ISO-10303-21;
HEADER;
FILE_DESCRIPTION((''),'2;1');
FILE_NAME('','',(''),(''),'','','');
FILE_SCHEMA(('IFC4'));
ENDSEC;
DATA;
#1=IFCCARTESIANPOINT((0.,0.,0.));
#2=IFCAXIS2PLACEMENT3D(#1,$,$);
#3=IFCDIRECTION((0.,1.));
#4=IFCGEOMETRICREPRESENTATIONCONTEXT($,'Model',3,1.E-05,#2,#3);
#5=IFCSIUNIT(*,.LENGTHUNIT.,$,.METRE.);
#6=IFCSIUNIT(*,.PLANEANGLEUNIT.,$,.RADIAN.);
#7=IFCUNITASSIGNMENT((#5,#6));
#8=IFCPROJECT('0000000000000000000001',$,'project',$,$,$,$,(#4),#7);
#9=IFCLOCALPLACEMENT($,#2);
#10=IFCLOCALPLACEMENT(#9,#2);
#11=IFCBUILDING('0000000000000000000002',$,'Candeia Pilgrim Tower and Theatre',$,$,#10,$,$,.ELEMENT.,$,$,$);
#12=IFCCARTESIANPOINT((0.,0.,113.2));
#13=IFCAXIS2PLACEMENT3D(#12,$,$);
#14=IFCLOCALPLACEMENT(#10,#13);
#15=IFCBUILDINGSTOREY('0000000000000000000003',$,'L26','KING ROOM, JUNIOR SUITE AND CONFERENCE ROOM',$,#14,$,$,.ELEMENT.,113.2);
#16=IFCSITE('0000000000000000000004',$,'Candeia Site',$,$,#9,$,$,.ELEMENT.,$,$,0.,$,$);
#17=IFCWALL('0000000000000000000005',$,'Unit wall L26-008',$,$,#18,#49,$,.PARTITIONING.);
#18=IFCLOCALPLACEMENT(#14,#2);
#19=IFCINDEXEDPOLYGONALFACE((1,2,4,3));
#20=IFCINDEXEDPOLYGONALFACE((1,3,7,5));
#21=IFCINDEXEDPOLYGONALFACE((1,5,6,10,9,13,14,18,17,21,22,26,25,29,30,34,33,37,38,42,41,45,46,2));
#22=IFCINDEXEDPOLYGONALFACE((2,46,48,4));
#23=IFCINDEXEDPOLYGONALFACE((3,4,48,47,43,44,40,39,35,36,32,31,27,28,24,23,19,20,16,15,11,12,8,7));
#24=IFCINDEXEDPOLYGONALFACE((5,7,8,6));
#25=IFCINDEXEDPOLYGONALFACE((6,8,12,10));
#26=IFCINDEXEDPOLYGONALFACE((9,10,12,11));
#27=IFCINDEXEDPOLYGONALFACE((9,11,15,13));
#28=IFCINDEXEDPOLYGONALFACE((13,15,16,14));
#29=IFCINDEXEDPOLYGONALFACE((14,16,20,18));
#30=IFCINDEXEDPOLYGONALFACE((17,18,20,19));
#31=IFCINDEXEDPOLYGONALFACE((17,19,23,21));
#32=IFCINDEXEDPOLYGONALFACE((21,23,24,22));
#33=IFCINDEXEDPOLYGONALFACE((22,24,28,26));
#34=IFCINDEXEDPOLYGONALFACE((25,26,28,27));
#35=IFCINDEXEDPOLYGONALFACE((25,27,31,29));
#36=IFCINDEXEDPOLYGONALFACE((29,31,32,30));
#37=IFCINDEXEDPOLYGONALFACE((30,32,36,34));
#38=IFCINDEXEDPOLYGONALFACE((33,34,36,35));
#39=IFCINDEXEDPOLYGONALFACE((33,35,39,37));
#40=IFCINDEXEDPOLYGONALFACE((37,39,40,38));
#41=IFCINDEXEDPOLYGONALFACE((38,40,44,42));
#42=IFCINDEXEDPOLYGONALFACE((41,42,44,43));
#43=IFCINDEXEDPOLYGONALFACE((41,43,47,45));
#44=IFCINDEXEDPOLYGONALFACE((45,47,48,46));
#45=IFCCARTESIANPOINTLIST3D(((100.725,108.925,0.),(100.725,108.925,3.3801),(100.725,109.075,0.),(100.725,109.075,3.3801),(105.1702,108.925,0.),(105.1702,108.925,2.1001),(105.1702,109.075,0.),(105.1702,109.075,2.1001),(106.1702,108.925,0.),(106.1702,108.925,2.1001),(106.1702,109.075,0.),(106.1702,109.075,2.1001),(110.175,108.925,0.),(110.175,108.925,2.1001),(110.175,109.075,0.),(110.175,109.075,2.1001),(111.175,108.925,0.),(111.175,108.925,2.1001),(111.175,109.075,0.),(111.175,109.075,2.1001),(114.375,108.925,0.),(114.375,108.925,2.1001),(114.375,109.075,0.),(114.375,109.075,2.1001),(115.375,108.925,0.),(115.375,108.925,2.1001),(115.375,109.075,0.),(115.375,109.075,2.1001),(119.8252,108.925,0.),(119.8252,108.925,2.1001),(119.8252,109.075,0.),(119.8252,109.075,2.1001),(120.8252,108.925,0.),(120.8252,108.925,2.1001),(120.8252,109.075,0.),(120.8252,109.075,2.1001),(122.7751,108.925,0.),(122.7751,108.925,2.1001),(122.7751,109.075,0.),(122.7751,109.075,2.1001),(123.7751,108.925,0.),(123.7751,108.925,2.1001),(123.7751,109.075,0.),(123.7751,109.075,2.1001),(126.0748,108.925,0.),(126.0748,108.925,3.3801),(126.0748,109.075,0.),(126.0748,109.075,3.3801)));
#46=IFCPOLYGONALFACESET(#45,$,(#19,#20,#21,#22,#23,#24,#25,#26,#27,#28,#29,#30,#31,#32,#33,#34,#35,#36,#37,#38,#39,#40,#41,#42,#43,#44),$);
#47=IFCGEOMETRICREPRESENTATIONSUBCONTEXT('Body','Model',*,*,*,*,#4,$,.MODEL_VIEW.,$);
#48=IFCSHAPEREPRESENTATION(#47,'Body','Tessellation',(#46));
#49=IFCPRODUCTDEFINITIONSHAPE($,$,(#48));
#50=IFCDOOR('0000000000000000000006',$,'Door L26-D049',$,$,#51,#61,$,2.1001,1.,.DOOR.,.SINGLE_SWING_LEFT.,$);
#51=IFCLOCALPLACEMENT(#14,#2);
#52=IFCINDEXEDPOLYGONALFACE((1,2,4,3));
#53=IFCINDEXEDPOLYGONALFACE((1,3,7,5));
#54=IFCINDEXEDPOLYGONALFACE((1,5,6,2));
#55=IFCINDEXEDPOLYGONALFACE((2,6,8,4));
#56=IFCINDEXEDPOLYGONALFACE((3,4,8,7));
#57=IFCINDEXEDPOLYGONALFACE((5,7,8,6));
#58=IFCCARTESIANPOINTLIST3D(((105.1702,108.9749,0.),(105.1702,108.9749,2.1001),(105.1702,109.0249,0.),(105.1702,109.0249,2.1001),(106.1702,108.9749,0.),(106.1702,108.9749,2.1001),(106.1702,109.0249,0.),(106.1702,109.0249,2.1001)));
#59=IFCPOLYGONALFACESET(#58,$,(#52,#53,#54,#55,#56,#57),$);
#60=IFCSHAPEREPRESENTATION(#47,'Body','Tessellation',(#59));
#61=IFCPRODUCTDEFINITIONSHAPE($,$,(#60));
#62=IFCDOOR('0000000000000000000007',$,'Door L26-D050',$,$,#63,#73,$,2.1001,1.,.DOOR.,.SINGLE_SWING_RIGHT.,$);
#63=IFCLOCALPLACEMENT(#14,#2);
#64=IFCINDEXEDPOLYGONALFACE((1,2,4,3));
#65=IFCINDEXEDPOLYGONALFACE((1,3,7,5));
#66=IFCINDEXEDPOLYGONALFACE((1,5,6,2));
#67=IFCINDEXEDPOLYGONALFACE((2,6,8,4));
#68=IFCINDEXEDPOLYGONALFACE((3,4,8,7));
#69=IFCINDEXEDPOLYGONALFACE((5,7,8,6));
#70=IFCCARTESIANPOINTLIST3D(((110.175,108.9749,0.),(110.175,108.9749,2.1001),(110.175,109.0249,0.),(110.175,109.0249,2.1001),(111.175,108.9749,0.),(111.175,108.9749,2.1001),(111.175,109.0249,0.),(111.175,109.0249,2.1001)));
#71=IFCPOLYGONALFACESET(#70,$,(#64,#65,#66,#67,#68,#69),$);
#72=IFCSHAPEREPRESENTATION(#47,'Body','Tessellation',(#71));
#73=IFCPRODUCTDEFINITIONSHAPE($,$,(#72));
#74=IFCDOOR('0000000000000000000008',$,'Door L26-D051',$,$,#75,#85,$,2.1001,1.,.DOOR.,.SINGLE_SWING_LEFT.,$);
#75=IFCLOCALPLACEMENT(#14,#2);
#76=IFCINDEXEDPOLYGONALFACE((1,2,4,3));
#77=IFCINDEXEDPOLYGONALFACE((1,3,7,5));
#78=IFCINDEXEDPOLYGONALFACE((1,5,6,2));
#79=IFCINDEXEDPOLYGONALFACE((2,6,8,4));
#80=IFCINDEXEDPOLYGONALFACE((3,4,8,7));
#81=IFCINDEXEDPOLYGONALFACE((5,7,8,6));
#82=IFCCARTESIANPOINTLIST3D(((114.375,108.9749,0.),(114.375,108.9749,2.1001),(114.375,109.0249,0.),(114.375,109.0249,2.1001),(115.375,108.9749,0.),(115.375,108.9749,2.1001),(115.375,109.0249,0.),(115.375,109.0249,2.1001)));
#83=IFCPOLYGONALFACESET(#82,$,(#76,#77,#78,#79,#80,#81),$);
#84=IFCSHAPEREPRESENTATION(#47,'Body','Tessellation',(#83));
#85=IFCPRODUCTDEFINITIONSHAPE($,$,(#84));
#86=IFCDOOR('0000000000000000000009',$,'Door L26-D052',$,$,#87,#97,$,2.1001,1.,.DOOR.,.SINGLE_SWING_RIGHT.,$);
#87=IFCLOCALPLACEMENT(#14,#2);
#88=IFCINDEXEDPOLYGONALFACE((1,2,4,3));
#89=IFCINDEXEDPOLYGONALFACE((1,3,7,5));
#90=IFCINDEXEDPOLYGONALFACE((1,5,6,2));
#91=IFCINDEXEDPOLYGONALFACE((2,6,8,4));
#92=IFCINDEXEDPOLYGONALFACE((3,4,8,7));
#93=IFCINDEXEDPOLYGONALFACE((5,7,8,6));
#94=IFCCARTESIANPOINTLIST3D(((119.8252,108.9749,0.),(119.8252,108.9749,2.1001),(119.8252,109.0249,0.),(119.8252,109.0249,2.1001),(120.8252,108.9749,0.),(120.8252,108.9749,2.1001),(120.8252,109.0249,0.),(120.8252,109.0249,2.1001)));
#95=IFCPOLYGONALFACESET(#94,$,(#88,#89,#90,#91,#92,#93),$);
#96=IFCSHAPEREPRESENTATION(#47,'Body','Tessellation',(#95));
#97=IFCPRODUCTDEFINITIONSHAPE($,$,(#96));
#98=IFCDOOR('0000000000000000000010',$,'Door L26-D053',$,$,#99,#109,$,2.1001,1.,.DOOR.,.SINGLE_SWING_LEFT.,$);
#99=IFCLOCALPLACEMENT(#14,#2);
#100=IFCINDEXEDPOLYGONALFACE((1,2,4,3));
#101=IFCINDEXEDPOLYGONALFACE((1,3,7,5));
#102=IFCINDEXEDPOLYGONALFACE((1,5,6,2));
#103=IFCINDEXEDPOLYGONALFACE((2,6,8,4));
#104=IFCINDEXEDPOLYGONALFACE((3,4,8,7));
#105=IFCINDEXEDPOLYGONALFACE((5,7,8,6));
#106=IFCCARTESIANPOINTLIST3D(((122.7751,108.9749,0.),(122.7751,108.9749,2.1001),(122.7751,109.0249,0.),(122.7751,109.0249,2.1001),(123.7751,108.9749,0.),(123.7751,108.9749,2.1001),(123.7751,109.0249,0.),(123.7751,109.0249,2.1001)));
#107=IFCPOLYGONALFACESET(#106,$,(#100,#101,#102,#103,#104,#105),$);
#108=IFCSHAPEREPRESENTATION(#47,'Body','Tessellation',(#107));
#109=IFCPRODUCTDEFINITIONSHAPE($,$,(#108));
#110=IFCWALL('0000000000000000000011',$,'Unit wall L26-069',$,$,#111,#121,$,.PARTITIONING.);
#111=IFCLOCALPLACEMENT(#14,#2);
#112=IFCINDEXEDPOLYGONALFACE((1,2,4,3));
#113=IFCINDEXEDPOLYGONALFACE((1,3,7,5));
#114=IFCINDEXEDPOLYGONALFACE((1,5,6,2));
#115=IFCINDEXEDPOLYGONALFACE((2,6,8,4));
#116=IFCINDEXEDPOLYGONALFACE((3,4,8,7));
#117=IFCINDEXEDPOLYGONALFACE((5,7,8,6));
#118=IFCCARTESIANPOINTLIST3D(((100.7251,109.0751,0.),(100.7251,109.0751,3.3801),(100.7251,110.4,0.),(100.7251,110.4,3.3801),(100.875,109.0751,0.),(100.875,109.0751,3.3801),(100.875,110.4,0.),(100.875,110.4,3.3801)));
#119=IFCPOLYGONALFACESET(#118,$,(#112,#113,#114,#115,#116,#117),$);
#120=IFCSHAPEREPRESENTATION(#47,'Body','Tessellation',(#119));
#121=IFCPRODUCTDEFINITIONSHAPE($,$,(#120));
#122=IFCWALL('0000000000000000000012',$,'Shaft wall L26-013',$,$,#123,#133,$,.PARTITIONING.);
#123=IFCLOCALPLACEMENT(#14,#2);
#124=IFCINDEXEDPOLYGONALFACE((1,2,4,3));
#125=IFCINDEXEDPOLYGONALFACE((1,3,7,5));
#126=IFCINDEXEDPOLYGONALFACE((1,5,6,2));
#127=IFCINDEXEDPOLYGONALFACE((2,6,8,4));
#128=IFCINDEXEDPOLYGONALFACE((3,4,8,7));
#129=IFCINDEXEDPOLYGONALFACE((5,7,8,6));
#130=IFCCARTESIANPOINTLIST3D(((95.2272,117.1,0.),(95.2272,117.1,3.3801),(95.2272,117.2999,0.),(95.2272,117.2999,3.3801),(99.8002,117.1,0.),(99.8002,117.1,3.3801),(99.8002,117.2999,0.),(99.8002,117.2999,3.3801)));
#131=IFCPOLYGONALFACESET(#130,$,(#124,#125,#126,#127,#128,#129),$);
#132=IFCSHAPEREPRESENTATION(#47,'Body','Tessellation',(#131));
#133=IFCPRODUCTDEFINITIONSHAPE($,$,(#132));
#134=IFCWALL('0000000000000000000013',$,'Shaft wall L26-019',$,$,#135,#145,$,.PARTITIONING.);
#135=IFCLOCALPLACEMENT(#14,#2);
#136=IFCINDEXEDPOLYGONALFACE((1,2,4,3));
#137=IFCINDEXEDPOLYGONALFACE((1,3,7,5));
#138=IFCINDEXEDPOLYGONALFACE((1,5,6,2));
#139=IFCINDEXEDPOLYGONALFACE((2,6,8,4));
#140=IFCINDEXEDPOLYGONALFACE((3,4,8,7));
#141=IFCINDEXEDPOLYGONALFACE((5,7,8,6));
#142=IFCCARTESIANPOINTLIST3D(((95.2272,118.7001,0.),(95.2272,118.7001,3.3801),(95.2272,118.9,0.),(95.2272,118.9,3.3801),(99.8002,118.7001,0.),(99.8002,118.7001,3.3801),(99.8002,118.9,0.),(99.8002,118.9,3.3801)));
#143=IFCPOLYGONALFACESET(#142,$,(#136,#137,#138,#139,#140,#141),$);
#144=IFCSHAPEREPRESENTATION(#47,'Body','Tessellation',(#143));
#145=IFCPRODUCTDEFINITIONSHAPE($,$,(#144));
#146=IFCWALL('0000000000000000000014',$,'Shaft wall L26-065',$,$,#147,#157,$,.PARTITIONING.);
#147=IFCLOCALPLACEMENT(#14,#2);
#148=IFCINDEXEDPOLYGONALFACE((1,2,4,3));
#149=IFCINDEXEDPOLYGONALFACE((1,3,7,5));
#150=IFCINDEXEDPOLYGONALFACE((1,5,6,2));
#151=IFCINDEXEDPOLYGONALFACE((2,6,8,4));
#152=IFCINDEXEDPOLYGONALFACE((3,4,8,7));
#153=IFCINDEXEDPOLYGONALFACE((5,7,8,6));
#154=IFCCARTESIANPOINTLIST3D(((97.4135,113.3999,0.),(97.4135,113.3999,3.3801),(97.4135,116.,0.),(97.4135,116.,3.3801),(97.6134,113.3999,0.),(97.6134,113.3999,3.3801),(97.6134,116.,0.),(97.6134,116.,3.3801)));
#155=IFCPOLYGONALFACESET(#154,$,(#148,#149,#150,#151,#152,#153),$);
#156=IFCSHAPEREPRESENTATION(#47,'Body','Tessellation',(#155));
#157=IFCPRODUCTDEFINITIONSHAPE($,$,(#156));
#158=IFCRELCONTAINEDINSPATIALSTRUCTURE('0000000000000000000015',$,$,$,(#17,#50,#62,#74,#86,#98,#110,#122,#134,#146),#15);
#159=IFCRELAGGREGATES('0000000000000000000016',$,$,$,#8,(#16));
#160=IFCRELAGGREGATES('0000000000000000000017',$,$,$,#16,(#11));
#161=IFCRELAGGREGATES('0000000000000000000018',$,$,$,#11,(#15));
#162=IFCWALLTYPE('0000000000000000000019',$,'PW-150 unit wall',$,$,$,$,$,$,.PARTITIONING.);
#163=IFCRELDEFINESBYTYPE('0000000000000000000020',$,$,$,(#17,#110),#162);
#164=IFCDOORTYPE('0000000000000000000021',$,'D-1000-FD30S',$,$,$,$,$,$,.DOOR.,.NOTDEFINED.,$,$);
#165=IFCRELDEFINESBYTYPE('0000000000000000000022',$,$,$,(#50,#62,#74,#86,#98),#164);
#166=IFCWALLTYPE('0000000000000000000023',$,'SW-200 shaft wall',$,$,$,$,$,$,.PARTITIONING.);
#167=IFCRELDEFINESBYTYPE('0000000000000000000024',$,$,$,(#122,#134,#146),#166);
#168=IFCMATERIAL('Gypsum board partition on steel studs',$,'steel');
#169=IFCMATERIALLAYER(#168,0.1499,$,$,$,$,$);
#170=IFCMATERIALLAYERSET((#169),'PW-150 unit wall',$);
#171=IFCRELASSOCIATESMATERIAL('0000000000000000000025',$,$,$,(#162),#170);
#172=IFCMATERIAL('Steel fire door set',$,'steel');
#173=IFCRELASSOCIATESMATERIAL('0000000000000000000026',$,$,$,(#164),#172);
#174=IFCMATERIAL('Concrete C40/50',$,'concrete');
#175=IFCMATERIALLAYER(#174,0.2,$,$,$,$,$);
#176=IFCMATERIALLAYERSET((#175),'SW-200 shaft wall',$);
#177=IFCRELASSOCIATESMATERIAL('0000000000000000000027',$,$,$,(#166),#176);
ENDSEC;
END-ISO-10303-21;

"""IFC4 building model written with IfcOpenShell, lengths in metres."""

from ifc_helpers import new_model, si_unit, direction, frame, frame_2d, origin, place, context, subcontext, project, spatial, rectangle, extrude, material, layer, layer_set, type_object, element, fill, save


model = new_model("IFC4")

# Units and contexts
model_context = context("Model", 3, precision=1e-05, world=origin(), true_north=direction((0.0, 1.0)))
body_context = subcontext(model_context, "Body", "Model", "MODEL_VIEW")
ifc_project = project(units=[si_unit("LENGTHUNIT", "METRE"), si_unit("PLANEANGLEUNIT", "RADIAN")], contexts=[model_context])

# Site, building, storey
site_placement = place(None, origin())
site = spatial("IfcSite", under=ifc_project, at=site_placement, Name="Candeia Site", CompositionType="ELEMENT", RefElevation=0.0)
building_placement = place(site_placement, origin())
building = spatial("IfcBuilding", under=site, at=building_placement, Name="Candeia Pilgrim Tower and Theatre", CompositionType="ELEMENT")
storey_placement = place(building_placement, frame((0.0, 0.0, 113.2)))
storey = spatial("IfcBuildingStorey", under=building, at=storey_placement, Name="L26", Description="KING ROOM, JUNIOR SUITE AND CONFERENCE ROOM", CompositionType="ELEMENT", Elevation=113.2)

# Shared definitions
ifc_material_1 = material(Name="Steel fire door set", Category="steel")
ifc_material_2 = material(Name="Gypsum board partition on steel studs", Category="steel")

# Wall, openings, doors
ifc_layer_1 = layer(ifc_material_2, 0.1499)
ifc_layer_set_1 = layer_set([ifc_layer_1], Name="PW-150 unit wall")
wall_type_1 = type_object("IfcWallType", Name="PW-150 unit wall", PredefinedType="PARTITIONING", material=ifc_layer_set_1)
wall_1_placement = place(storey_placement, frame((100.7251, 109.0, 0.0), z_axis=(0.0, 0.0, 1.0), x_axis=(1.0, 0.0, 0.0)))
wall_1 = element("IfcWall", 1, at=wall_1_placement, inside=storey, type_object=wall_type_1, Name="Unit wall L26-008", PredefinedType="PARTITIONING", context=body_context, shape_type="SweptSolid", body=[
    extrude(rectangle(XDim=25.3499, YDim=0.1499, at=frame_2d((12.6748, 0.0))), origin(), (0.0, 0.0, 1.0), 3.3801),
])
opening_1_placement = place(wall_1_placement, frame((4.4451, 0.0, 0.0)))
opening_1 = element("IfcOpeningElement", 2, at=opening_1_placement, cuts=wall_1, PredefinedType="OPENING", context=body_context, shape_type="SweptSolid", body=[
    extrude(rectangle(XDim=1.0, YDim=2.1001, at=frame_2d((0.5, 1.05))), frame((0.0, 0.085, 0.0), z_axis=(0.0, -1.0, 0.0), x_axis=(1.0, 0.0, 0.0)), (0.0, 0.0, 1.0), 0.1699),
])
opening_2_placement = place(wall_1_placement, frame((9.45, 0.0, 0.0)))
opening_2 = element("IfcOpeningElement", 3, at=opening_2_placement, cuts=wall_1, PredefinedType="OPENING", context=body_context, shape_type="SweptSolid", body=[
    extrude(rectangle(XDim=1.0, YDim=2.1001, at=frame_2d((0.5, 1.05))), frame((0.0, 0.085, 0.0), z_axis=(0.0, -1.0, 0.0), x_axis=(1.0, 0.0, 0.0)), (0.0, 0.0, 1.0), 0.1699),
])
opening_3_placement = place(wall_1_placement, frame((13.6499, 0.0, 0.0)))
opening_3 = element("IfcOpeningElement", 4, at=opening_3_placement, cuts=wall_1, PredefinedType="OPENING", context=body_context, shape_type="SweptSolid", body=[
    extrude(rectangle(XDim=1.0, YDim=2.1001, at=frame_2d((0.5, 1.05))), frame((0.0, 0.085, 0.0), z_axis=(0.0, -1.0, 0.0), x_axis=(1.0, 0.0, 0.0)), (0.0, 0.0, 1.0), 0.1699),
])
opening_4_placement = place(wall_1_placement, frame((19.1001, 0.0, 0.0)))
opening_4 = element("IfcOpeningElement", 5, at=opening_4_placement, cuts=wall_1, PredefinedType="OPENING", context=body_context, shape_type="SweptSolid", body=[
    extrude(rectangle(XDim=1.0, YDim=2.1001, at=frame_2d((0.5, 1.05))), frame((0.0, 0.085, 0.0), z_axis=(0.0, -1.0, 0.0), x_axis=(1.0, 0.0, 0.0)), (0.0, 0.0, 1.0), 0.1699),
])
opening_5_placement = place(wall_1_placement, frame((22.05, 0.0, 0.0)))
opening_5 = element("IfcOpeningElement", 6, at=opening_5_placement, cuts=wall_1, PredefinedType="OPENING", context=body_context, shape_type="SweptSolid", body=[
    extrude(rectangle(XDim=1.0, YDim=2.1001, at=frame_2d((0.5, 1.05))), frame((0.0, 0.085, 0.0), z_axis=(0.0, -1.0, 0.0), x_axis=(1.0, 0.0, 0.0)), (0.0, 0.0, 1.0), 0.1699),
])
door_type_1 = type_object("IfcDoorType", Name="D-1000-FD30S", OperationType="NOTDEFINED", PredefinedType="DOOR", material=ifc_material_1)
door_1_placement = place(opening_1_placement, origin())
door_1 = element("IfcDoor", 7, at=door_1_placement, inside=storey, type_object=door_type_1, Name="Door L26-D049", OperationType="SINGLE_SWING_LEFT", OverallHeight=2.1001, OverallWidth=1.0, PredefinedType="DOOR", context=body_context, shape_type="SweptSolid", body=[
    extrude(rectangle(XDim=1.0, YDim=2.1001, at=frame_2d((0.5, 1.05))), frame((0.0, 0.0249, 0.0), z_axis=(0.0, -1.0, 0.0), x_axis=(1.0, 0.0, 0.0)), (0.0, 0.0, 1.0), 0.05),
])
fill(opening_1, door_1)
door_2_placement = place(opening_2_placement, origin())
door_2 = element("IfcDoor", 8, at=door_2_placement, inside=storey, type_object=door_type_1, Name="Door L26-D050", OperationType="SINGLE_SWING_RIGHT", OverallHeight=2.1001, OverallWidth=1.0, PredefinedType="DOOR", context=body_context, shape_type="SweptSolid", body=[
    extrude(rectangle(XDim=1.0, YDim=2.1001, at=frame_2d((0.5, 1.05))), frame((0.0, 0.0249, 0.0), z_axis=(0.0, -1.0, 0.0), x_axis=(1.0, 0.0, 0.0)), (0.0, 0.0, 1.0), 0.05),
])
fill(opening_2, door_2)
door_3_placement = place(opening_3_placement, origin())
door_3 = element("IfcDoor", 9, at=door_3_placement, inside=storey, type_object=door_type_1, Name="Door L26-D051", OperationType="SINGLE_SWING_LEFT", OverallHeight=2.1001, OverallWidth=1.0, PredefinedType="DOOR", context=body_context, shape_type="SweptSolid", body=[
    extrude(rectangle(XDim=1.0, YDim=2.1001, at=frame_2d((0.5, 1.05))), frame((0.0, 0.0249, 0.0), z_axis=(0.0, -1.0, 0.0), x_axis=(1.0, 0.0, 0.0)), (0.0, 0.0, 1.0), 0.05),
])
fill(opening_3, door_3)
door_4_placement = place(opening_4_placement, origin())
door_4 = element("IfcDoor", 10, at=door_4_placement, inside=storey, type_object=door_type_1, Name="Door L26-D052", OperationType="SINGLE_SWING_RIGHT", OverallHeight=2.1001, OverallWidth=1.0, PredefinedType="DOOR", context=body_context, shape_type="SweptSolid", body=[
    extrude(rectangle(XDim=1.0, YDim=2.1001, at=frame_2d((0.5, 1.05))), frame((0.0, 0.0249, 0.0), z_axis=(0.0, -1.0, 0.0), x_axis=(1.0, 0.0, 0.0)), (0.0, 0.0, 1.0), 0.05),
])
fill(opening_4, door_4)
door_5_placement = place(opening_5_placement, origin())
door_5 = element("IfcDoor", 11, at=door_5_placement, inside=storey, type_object=door_type_1, Name="Door L26-D053", OperationType="SINGLE_SWING_LEFT", OverallHeight=2.1001, OverallWidth=1.0, PredefinedType="DOOR", context=body_context, shape_type="SweptSolid", body=[
    extrude(rectangle(XDim=1.0, YDim=2.1001, at=frame_2d((0.5, 1.05))), frame((0.0, 0.0249, 0.0), z_axis=(0.0, -1.0, 0.0), x_axis=(1.0, 0.0, 0.0)), (0.0, 0.0, 1.0), 0.05),
])
fill(opening_5, door_5)

# Walls
wall_2_placement = place(storey_placement, frame((100.8, 109.075, 0.0), z_axis=(0.0, 0.0, 1.0), x_axis=(0.0, 1.0, 0.0)))
element("IfcWall", 12, at=wall_2_placement, inside=storey, type_object=wall_type_1, Name="Unit wall L26-069", PredefinedType="PARTITIONING", context=body_context, shape_type="SweptSolid", body=[
    extrude(rectangle(XDim=1.325, YDim=0.1499, at=frame_2d((0.6626, 0.0))), origin(), (0.0, 0.0, 1.0), 3.3801),
])
ifc_material_3 = material(Name="Concrete C40/50", Category="concrete")
ifc_layer_2 = layer(ifc_material_3, 0.2)
ifc_layer_set_2 = layer_set([ifc_layer_2], Name="SW-200 shaft wall")
wall_type_2 = type_object("IfcWallType", Name="SW-200 shaft wall", PredefinedType="PARTITIONING", material=ifc_layer_set_2)
for number, where, z_axis, x_axis, name in (
    (13, (95.2271, 117.2, 0.0), (0.0, 0.0, 1.0), (1.0, 0.0, 0.0), "Shaft wall L26-013"),
    (14, (95.2271, 118.8, 0.0), (0.0, 0.0, 1.0), (1.0, 0.0, 0.0), "Shaft wall L26-019"),
):
    element("IfcWall", number, at=place(storey_placement, frame(where, z_axis=z_axis, x_axis=x_axis)), inside=storey, type_object=wall_type_2, Name=name, PredefinedType="PARTITIONING", context=body_context, shape_type="SweptSolid", body=[
        extrude(rectangle(XDim=4.573, YDim=0.2, at=frame_2d((2.2866, 0.0))), origin(), (0.0, 0.0, 1.0), 3.3801),
    ])
wall_3_placement = place(storey_placement, frame((97.5134, 113.3999, 0.0), z_axis=(0.0, 0.0, 1.0), x_axis=(0.0, 1.0, 0.0)))
element("IfcWall", 15, at=wall_3_placement, inside=storey, type_object=wall_type_2, Name="Shaft wall L26-065", PredefinedType="PARTITIONING", context=body_context, shape_type="SweptSolid", body=[
    extrude(rectangle(XDim=2.6001, YDim=0.2, at=frame_2d((1.3, 0.0))), origin(), (0.0, 0.0, 1.0), 3.3801),
])

save(model, "model.ifc")
